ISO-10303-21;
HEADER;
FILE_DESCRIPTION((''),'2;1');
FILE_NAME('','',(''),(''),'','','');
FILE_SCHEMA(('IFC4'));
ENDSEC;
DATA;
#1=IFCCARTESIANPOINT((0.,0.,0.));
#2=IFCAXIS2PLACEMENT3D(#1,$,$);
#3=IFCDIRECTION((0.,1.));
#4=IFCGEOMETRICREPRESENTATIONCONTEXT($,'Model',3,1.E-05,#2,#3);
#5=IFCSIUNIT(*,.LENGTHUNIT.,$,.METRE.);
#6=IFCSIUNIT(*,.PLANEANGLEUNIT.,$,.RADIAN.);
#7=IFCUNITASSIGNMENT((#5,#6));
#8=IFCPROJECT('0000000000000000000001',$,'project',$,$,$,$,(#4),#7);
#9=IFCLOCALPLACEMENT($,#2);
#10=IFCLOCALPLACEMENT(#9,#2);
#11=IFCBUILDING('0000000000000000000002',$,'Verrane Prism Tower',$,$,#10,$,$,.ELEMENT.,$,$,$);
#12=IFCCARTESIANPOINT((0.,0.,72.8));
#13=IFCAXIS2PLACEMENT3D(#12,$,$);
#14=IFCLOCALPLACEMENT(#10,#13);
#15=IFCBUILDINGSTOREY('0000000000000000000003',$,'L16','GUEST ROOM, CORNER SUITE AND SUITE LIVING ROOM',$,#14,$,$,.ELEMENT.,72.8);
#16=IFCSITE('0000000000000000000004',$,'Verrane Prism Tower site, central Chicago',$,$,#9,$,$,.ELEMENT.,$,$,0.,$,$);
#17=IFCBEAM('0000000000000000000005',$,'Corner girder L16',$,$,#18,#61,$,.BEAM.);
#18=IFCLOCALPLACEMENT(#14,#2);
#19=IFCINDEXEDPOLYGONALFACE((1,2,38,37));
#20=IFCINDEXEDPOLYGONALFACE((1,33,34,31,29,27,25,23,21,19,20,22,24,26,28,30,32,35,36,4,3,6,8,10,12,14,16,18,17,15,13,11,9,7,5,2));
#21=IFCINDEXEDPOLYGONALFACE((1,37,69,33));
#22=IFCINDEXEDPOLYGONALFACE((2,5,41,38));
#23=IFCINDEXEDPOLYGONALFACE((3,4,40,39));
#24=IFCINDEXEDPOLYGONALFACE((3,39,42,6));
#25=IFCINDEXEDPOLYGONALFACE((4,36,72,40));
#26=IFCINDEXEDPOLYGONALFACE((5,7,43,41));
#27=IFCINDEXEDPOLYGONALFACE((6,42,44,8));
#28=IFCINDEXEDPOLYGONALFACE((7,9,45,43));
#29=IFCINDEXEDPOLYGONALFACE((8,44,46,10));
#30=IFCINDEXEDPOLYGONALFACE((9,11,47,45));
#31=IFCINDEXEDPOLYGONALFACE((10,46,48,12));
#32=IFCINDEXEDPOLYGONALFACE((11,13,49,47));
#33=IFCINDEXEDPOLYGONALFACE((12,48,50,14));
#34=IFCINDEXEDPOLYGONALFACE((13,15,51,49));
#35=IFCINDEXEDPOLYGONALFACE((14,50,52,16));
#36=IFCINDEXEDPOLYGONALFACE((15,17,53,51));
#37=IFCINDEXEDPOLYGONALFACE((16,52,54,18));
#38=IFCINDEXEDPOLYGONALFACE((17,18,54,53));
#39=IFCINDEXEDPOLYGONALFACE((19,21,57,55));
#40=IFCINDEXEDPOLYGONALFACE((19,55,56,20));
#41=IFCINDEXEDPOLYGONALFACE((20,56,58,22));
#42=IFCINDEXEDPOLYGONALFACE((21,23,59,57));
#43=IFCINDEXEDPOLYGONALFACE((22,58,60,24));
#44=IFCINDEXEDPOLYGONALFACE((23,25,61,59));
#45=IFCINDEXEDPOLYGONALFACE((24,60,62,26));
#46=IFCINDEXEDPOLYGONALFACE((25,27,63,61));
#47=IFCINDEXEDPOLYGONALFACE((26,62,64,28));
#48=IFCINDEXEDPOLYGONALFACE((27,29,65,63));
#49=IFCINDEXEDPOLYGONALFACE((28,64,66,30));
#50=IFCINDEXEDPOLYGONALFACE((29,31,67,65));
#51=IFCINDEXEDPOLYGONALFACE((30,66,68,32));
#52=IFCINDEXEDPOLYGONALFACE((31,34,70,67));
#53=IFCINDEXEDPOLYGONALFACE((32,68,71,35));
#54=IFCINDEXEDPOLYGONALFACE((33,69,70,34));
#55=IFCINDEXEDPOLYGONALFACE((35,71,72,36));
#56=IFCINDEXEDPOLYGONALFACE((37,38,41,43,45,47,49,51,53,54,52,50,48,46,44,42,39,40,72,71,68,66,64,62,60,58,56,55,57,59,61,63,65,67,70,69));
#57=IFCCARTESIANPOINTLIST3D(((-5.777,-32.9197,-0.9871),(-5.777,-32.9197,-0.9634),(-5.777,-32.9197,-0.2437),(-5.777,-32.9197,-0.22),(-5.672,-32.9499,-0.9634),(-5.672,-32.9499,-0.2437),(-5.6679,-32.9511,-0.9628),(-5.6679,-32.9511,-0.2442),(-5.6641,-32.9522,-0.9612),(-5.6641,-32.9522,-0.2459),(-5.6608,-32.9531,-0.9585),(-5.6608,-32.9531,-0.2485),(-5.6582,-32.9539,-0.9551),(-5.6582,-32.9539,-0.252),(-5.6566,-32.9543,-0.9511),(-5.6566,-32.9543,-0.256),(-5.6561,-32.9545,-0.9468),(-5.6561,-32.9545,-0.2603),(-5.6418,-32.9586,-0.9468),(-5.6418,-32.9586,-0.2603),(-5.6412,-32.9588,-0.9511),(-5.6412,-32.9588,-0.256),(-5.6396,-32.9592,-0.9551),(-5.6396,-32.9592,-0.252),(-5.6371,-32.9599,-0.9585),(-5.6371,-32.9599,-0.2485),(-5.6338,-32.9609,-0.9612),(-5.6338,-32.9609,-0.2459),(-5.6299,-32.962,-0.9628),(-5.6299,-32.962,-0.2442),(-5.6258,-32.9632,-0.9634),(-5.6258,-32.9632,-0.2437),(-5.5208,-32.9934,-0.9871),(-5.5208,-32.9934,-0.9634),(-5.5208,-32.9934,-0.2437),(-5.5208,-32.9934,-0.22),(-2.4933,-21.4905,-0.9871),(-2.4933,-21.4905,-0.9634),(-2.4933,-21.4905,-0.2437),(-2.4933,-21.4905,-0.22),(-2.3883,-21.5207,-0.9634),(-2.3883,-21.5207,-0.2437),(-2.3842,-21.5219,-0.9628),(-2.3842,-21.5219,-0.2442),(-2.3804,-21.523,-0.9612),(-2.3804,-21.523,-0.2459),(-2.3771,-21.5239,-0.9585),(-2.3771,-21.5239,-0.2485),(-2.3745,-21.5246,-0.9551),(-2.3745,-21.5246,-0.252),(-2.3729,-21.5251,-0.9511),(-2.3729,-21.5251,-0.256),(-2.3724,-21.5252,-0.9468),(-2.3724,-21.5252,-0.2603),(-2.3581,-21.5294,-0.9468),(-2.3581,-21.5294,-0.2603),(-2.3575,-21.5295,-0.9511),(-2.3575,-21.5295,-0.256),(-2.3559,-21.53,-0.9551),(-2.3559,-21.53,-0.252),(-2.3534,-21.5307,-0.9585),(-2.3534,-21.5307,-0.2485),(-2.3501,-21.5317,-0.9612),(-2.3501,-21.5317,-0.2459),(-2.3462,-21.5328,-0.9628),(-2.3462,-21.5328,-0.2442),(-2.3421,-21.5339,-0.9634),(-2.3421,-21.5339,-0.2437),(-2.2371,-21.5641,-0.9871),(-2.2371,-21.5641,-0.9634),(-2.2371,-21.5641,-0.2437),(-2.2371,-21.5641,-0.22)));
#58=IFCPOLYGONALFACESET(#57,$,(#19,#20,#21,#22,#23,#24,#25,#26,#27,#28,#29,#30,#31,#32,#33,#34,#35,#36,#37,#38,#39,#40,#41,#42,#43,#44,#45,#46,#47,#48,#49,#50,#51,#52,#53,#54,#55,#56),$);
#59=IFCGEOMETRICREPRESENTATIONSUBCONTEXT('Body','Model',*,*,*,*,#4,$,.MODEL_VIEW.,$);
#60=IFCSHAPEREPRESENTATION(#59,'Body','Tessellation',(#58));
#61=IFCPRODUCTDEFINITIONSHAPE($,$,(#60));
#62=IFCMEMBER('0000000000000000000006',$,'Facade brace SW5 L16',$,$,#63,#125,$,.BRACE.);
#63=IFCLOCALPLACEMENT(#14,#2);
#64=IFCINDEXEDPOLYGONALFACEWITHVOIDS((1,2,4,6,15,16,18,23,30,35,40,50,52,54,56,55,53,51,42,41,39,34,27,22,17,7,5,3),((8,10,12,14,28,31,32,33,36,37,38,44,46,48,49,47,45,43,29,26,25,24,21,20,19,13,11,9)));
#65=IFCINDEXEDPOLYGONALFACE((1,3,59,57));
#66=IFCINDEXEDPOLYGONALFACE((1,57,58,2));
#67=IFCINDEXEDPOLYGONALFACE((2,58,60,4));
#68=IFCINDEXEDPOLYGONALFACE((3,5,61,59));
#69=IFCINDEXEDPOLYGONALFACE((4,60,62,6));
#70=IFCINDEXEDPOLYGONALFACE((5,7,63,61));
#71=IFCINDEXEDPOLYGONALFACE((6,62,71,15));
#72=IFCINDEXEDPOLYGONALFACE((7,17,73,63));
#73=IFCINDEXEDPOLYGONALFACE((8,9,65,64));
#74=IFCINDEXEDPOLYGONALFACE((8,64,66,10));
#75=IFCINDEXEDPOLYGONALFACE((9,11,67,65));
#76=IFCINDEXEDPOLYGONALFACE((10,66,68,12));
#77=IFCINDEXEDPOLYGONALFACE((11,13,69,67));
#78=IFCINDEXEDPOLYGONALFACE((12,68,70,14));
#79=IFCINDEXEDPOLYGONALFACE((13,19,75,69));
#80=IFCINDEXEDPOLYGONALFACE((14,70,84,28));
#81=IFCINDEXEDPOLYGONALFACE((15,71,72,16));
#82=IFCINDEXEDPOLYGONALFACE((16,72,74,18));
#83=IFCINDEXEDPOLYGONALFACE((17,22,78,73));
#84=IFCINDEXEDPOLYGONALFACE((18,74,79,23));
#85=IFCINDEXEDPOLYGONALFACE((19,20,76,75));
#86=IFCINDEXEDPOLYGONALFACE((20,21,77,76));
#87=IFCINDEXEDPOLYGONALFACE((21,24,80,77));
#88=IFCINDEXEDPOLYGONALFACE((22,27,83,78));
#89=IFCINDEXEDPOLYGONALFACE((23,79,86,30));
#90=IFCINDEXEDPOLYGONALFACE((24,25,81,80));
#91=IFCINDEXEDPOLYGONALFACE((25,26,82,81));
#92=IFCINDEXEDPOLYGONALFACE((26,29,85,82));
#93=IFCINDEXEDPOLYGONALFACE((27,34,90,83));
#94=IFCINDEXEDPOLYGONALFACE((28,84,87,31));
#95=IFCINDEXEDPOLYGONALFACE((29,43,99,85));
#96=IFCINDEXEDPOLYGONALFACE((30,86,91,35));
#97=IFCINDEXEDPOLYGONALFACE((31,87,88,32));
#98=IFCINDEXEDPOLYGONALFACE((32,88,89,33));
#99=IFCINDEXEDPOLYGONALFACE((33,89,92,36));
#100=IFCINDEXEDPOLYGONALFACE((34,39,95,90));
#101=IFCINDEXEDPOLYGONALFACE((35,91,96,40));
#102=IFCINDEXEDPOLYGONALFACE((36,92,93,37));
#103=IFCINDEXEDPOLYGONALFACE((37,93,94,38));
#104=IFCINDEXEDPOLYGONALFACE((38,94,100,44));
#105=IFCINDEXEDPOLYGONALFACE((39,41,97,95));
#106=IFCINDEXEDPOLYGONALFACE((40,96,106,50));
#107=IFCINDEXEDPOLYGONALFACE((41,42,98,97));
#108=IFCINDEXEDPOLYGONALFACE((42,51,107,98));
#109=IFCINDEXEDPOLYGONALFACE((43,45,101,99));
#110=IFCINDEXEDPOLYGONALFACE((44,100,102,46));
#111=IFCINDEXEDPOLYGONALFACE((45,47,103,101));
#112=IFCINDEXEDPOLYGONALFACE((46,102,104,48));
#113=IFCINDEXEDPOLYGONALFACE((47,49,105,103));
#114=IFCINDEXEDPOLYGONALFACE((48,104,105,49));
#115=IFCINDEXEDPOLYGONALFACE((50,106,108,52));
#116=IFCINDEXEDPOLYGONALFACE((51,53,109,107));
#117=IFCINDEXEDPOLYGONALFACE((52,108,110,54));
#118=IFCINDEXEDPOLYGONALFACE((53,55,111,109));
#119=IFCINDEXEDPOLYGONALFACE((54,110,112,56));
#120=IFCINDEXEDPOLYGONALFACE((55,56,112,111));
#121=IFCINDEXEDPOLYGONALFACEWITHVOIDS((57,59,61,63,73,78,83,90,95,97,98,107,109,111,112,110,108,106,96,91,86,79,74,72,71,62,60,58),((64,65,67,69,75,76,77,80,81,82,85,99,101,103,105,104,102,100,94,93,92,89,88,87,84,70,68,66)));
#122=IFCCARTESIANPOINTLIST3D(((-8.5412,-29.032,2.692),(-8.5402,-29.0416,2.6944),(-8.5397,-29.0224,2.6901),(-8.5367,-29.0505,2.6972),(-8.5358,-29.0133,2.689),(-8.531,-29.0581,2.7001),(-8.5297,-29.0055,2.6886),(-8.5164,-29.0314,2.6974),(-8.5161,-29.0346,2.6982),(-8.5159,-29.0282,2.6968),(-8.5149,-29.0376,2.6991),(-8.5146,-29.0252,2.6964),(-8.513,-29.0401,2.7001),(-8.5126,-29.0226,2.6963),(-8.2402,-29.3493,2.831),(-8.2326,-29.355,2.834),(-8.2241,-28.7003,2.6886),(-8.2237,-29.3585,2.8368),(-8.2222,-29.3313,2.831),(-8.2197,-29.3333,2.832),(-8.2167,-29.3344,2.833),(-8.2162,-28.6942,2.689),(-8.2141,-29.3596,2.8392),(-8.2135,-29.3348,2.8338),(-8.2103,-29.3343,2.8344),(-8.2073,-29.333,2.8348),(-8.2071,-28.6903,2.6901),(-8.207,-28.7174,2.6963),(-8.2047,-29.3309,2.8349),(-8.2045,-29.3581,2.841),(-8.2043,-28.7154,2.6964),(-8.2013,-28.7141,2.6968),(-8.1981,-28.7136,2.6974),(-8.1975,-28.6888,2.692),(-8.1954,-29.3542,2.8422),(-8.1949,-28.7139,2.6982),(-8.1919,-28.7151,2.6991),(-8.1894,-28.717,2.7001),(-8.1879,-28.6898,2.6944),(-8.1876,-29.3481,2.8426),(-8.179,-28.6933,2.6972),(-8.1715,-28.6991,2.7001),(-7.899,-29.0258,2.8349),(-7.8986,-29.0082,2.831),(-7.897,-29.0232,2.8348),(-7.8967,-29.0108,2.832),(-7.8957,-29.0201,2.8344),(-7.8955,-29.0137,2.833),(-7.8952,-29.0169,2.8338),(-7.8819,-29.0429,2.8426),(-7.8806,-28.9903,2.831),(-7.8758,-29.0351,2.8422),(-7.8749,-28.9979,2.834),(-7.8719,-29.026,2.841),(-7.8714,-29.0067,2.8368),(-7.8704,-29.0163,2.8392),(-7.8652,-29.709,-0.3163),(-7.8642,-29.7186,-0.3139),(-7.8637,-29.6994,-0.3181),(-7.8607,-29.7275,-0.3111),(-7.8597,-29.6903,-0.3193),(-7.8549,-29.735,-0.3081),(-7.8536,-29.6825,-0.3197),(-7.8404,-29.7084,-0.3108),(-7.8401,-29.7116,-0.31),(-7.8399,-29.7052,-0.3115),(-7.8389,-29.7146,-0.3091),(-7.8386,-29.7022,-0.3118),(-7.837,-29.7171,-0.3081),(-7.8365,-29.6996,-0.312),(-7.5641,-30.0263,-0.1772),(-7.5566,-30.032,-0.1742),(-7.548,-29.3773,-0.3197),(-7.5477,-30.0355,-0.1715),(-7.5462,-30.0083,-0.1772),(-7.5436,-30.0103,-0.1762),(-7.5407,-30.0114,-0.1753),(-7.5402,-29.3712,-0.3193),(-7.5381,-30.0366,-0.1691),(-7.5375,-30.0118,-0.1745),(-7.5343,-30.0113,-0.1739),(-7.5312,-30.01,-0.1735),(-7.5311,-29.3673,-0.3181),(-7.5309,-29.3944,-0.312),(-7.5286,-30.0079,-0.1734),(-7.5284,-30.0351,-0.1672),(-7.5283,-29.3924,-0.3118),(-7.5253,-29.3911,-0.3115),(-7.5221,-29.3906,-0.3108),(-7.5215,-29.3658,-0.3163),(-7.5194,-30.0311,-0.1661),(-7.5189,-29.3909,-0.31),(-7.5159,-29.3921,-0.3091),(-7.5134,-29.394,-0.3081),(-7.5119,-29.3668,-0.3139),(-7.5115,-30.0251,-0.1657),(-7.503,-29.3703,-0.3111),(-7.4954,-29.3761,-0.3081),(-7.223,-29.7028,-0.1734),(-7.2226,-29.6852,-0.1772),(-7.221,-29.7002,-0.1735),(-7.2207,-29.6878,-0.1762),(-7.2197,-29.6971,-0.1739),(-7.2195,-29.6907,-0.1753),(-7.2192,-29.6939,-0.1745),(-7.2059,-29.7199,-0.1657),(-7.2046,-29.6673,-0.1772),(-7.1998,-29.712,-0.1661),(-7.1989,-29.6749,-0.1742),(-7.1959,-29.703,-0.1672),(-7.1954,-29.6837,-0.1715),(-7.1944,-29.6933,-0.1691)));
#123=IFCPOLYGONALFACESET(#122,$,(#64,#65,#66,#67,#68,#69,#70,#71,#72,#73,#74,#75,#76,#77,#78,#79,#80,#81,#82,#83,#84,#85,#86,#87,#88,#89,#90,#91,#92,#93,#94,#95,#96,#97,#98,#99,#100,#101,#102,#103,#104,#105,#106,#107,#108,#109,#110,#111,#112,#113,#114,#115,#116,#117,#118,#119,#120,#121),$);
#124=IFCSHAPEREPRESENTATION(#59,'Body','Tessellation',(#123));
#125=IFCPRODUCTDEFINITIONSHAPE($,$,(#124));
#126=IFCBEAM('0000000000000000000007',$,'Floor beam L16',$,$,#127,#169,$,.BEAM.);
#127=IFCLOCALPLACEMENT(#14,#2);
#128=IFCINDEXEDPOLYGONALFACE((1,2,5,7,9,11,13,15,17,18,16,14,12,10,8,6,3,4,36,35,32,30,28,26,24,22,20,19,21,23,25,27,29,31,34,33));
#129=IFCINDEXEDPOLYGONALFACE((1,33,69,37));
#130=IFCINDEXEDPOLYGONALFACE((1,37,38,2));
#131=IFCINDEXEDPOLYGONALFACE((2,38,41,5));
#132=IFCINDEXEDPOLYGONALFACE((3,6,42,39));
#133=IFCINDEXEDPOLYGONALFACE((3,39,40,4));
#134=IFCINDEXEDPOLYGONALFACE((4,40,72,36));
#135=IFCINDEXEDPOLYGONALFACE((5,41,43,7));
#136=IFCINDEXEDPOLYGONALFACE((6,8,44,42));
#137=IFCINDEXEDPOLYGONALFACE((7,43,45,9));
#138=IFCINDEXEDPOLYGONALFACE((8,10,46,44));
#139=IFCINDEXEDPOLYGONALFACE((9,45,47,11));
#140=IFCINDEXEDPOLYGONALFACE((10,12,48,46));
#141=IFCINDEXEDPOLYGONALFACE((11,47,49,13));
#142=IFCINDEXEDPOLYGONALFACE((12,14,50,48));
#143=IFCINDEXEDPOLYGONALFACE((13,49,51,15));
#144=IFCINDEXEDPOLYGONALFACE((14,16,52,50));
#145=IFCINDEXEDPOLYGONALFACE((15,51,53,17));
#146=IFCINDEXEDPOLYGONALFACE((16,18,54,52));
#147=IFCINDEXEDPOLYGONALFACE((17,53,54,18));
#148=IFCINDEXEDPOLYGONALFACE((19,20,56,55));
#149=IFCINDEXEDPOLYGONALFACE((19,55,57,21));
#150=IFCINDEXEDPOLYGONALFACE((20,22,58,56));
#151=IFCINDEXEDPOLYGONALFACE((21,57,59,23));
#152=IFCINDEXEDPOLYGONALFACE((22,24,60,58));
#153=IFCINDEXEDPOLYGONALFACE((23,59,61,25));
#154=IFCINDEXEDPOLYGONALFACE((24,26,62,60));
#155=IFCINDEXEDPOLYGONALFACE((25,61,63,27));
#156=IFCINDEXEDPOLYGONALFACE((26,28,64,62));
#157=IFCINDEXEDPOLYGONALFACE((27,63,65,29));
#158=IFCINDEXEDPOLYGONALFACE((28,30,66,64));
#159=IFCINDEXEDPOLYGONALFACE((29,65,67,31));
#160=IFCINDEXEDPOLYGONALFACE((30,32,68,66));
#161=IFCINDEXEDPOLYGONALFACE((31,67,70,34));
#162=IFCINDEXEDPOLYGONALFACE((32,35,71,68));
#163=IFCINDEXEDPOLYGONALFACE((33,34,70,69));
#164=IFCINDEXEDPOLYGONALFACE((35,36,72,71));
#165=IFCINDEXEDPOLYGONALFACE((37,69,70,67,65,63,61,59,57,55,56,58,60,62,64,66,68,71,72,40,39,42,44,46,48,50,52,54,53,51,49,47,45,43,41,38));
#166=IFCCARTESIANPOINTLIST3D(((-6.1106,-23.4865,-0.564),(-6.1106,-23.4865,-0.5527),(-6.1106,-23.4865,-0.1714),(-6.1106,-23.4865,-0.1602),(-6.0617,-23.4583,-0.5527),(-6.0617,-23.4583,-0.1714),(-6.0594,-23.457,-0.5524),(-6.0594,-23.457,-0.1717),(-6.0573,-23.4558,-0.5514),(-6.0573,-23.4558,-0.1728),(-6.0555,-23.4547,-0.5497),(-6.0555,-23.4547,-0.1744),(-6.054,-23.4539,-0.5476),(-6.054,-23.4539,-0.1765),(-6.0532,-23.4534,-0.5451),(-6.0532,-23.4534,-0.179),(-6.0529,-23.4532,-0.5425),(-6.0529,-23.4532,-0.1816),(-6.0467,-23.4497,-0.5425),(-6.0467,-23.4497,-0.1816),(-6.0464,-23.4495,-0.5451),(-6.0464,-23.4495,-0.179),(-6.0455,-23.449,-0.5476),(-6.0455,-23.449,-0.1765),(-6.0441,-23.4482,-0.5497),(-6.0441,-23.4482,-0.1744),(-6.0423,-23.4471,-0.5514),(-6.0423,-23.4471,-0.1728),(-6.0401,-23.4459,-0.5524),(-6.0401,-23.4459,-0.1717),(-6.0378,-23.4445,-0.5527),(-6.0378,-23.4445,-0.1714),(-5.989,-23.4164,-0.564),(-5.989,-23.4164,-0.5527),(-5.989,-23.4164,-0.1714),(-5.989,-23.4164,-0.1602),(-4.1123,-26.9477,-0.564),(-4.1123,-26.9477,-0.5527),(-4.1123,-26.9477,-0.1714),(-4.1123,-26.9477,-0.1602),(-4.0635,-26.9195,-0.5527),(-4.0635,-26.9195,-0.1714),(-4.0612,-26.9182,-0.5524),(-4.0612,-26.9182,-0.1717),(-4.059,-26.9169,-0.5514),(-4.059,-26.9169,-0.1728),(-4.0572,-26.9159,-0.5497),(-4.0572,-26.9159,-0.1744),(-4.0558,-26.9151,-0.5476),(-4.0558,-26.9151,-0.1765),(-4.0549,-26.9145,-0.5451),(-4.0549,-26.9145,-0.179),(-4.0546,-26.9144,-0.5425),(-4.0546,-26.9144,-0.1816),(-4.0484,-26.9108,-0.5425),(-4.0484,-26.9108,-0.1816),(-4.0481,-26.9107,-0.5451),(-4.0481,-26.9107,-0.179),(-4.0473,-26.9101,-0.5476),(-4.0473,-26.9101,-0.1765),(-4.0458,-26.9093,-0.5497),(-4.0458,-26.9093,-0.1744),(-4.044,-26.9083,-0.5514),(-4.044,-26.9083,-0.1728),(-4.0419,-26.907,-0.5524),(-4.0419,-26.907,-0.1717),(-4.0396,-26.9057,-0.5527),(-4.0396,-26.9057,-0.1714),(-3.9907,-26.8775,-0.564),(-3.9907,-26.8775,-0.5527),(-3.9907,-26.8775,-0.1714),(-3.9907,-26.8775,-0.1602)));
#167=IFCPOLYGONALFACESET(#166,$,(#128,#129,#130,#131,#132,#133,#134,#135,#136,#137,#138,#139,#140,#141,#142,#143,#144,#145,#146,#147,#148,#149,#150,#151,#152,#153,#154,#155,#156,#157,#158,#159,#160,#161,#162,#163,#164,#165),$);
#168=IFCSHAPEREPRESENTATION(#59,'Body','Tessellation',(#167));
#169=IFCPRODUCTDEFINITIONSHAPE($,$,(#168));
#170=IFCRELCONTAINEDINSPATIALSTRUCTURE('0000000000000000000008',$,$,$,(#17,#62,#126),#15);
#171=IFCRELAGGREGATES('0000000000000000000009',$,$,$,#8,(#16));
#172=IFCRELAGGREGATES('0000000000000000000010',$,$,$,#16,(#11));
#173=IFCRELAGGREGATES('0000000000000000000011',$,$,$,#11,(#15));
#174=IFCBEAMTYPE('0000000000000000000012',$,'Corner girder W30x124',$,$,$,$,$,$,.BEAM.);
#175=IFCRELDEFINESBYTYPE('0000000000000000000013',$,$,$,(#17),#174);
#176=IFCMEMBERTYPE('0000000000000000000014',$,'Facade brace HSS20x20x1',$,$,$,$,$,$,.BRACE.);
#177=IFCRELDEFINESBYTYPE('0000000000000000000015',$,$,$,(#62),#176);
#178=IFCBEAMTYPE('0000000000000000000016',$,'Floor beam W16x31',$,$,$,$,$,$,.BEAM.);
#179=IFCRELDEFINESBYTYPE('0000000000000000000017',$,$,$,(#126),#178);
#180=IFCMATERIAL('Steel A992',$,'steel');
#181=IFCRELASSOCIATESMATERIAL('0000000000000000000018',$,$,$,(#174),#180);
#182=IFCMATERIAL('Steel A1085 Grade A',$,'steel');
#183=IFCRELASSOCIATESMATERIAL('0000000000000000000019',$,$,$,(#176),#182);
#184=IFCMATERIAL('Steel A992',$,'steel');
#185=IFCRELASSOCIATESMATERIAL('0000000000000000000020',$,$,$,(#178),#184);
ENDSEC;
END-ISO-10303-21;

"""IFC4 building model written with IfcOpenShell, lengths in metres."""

from ifc_helpers import new_model, si_unit, direction, frame, origin, origin_2d, place, context, subcontext, project, spatial, hollow_rectangle, i_section, extrude, material, material_profile, profile_set, type_object, element, save


model = new_model("IFC4")

# Units and contexts
model_context = context("Model", 3, precision=1e-05, world=origin(), true_north=direction((0.0, 1.0)))
body_context = subcontext(model_context, "Body", "Model", "MODEL_VIEW")
ifc_project = project(units=[si_unit("LENGTHUNIT", "METRE"), si_unit("PLANEANGLEUNIT", "RADIAN")], contexts=[model_context])

# Site, building, storey
site_placement = place(None, origin())
site = spatial("IfcSite", under=ifc_project, at=site_placement, Name="Verrane Prism Tower site, central Chicago", CompositionType="ELEMENT", RefElevation=0.0)
building_placement = place(site_placement, origin())
building = spatial("IfcBuilding", under=site, at=building_placement, Name="Verrane Prism Tower", CompositionType="ELEMENT")
storey_placement = place(building_placement, frame((0.0, 0.0, 72.8)))
storey = spatial("IfcBuildingStorey", under=building, at=storey_placement, Name="L16", Description="GUEST ROOM, CORNER SUITE AND SUITE LIVING ROOM", CompositionType="ELEMENT", Elevation=72.8)

# Beam
ifc_material_1 = material(Name="Steel A992", Category="steel")
ifc_material_profile_1 = material_profile(ifc_material_1, i_section(OverallWidth=0.2666, OverallDepth=0.7671, WebThickness=0.0149, FlangeThickness=0.0237, FilletRadius=0.0166, at=origin_2d()), Name="W30x124")
ifc_profile_set_1 = profile_set([ifc_material_profile_1], Name="Steel A992")
beam_type_1 = type_object("IfcBeamType", Name="Corner girder W30x124", PredefinedType="BEAM", material=ifc_profile_set_1)
beam_1_placement = place(storey_placement, frame((-5.6489, -32.9565, -0.6035), z_axis=(0.276136, 0.961118, 0.0), x_axis=(-0.961118, 0.276136, 0.0)))
element("IfcBeam", 1, at=beam_1_placement, inside=storey, type_object=beam_type_1, Name="Corner girder L16", PredefinedType="BEAM", context=body_context, shape_type="SweptSolid", body=[
    extrude(i_section(OverallWidth=0.2666, OverallDepth=0.7671, WebThickness=0.0149, FlangeThickness=0.0237, FilletRadius=0.0166, at=origin_2d()), origin(), (0.0, 0.0, 1.0), 11.8916),
])

# Member
ifc_material_2 = material(Name="Steel A1085 Grade A", Category="steel")
ifc_material_profile_2 = material_profile(ifc_material_2, hollow_rectangle(XDim=0.5081, YDim=0.5081, WallThickness=0.0254, InnerFilletRadius=0.0127, OuterFilletRadius=0.0381, at=origin_2d()), Name="HSS20x20x1")
ifc_profile_set_2 = profile_set([ifc_material_profile_2], Name="Steel A1085 Grade A")
member_type_1 = type_object("IfcMemberType", Name="Facade brace HSS20x20x1", PredefinedType="BRACE", material=ifc_profile_set_2)
member_1_placement = place(storey_placement, frame((-7.5298, -29.7012, -0.2427), z_axis=(-0.214151, 0.21446, 0.952967), x_axis=(-0.707617, -0.706596, 0.0)))
element("IfcMember", 2, at=member_1_placement, inside=storey, type_object=member_type_1, Name="Facade brace SW5 L16", PredefinedType="BRACE", context=body_context, shape_type="SweptSolid", body=[
    extrude(hollow_rectangle(XDim=0.5081, YDim=0.5081, WallThickness=0.0254, InnerFilletRadius=0.0127, OuterFilletRadius=0.0381, at=origin_2d()), origin(), (0.0, 0.0, 1.0), 3.1567),
])

# Beam
ifc_material_3 = material(Name="Steel A992", Category="steel")
ifc_material_profile_3 = material_profile(ifc_material_3, i_section(OverallWidth=0.1404, OverallDepth=0.4038, WebThickness=0.0071, FlangeThickness=0.0112, FilletRadius=0.0103, at=origin_2d()), Name="W16x31")
ifc_profile_set_3 = profile_set([ifc_material_profile_3], Name="Steel A992")
beam_type_2 = type_object("IfcBeamType", Name="Floor beam W16x31", PredefinedType="BEAM", material=ifc_profile_set_3)
beam_2_placement = place(storey_placement, frame((-4.0515, -26.9126, -0.3621), z_axis=(-0.499996, 0.866028, 0.0), x_axis=(-0.866028, -0.499996, 0.0)))
element("IfcBeam", 3, at=beam_2_placement, inside=storey, type_object=beam_type_2, Name="Floor beam L16", PredefinedType="BEAM", context=body_context, shape_type="SweptSolid", body=[
    extrude(i_section(OverallWidth=0.1404, OverallDepth=0.4038, WebThickness=0.0071, FlangeThickness=0.0112, FilletRadius=0.0103, at=origin_2d()), origin(), (0.0, 0.0, 1.0), 3.9966),
])

save(model, "model.ifc")
